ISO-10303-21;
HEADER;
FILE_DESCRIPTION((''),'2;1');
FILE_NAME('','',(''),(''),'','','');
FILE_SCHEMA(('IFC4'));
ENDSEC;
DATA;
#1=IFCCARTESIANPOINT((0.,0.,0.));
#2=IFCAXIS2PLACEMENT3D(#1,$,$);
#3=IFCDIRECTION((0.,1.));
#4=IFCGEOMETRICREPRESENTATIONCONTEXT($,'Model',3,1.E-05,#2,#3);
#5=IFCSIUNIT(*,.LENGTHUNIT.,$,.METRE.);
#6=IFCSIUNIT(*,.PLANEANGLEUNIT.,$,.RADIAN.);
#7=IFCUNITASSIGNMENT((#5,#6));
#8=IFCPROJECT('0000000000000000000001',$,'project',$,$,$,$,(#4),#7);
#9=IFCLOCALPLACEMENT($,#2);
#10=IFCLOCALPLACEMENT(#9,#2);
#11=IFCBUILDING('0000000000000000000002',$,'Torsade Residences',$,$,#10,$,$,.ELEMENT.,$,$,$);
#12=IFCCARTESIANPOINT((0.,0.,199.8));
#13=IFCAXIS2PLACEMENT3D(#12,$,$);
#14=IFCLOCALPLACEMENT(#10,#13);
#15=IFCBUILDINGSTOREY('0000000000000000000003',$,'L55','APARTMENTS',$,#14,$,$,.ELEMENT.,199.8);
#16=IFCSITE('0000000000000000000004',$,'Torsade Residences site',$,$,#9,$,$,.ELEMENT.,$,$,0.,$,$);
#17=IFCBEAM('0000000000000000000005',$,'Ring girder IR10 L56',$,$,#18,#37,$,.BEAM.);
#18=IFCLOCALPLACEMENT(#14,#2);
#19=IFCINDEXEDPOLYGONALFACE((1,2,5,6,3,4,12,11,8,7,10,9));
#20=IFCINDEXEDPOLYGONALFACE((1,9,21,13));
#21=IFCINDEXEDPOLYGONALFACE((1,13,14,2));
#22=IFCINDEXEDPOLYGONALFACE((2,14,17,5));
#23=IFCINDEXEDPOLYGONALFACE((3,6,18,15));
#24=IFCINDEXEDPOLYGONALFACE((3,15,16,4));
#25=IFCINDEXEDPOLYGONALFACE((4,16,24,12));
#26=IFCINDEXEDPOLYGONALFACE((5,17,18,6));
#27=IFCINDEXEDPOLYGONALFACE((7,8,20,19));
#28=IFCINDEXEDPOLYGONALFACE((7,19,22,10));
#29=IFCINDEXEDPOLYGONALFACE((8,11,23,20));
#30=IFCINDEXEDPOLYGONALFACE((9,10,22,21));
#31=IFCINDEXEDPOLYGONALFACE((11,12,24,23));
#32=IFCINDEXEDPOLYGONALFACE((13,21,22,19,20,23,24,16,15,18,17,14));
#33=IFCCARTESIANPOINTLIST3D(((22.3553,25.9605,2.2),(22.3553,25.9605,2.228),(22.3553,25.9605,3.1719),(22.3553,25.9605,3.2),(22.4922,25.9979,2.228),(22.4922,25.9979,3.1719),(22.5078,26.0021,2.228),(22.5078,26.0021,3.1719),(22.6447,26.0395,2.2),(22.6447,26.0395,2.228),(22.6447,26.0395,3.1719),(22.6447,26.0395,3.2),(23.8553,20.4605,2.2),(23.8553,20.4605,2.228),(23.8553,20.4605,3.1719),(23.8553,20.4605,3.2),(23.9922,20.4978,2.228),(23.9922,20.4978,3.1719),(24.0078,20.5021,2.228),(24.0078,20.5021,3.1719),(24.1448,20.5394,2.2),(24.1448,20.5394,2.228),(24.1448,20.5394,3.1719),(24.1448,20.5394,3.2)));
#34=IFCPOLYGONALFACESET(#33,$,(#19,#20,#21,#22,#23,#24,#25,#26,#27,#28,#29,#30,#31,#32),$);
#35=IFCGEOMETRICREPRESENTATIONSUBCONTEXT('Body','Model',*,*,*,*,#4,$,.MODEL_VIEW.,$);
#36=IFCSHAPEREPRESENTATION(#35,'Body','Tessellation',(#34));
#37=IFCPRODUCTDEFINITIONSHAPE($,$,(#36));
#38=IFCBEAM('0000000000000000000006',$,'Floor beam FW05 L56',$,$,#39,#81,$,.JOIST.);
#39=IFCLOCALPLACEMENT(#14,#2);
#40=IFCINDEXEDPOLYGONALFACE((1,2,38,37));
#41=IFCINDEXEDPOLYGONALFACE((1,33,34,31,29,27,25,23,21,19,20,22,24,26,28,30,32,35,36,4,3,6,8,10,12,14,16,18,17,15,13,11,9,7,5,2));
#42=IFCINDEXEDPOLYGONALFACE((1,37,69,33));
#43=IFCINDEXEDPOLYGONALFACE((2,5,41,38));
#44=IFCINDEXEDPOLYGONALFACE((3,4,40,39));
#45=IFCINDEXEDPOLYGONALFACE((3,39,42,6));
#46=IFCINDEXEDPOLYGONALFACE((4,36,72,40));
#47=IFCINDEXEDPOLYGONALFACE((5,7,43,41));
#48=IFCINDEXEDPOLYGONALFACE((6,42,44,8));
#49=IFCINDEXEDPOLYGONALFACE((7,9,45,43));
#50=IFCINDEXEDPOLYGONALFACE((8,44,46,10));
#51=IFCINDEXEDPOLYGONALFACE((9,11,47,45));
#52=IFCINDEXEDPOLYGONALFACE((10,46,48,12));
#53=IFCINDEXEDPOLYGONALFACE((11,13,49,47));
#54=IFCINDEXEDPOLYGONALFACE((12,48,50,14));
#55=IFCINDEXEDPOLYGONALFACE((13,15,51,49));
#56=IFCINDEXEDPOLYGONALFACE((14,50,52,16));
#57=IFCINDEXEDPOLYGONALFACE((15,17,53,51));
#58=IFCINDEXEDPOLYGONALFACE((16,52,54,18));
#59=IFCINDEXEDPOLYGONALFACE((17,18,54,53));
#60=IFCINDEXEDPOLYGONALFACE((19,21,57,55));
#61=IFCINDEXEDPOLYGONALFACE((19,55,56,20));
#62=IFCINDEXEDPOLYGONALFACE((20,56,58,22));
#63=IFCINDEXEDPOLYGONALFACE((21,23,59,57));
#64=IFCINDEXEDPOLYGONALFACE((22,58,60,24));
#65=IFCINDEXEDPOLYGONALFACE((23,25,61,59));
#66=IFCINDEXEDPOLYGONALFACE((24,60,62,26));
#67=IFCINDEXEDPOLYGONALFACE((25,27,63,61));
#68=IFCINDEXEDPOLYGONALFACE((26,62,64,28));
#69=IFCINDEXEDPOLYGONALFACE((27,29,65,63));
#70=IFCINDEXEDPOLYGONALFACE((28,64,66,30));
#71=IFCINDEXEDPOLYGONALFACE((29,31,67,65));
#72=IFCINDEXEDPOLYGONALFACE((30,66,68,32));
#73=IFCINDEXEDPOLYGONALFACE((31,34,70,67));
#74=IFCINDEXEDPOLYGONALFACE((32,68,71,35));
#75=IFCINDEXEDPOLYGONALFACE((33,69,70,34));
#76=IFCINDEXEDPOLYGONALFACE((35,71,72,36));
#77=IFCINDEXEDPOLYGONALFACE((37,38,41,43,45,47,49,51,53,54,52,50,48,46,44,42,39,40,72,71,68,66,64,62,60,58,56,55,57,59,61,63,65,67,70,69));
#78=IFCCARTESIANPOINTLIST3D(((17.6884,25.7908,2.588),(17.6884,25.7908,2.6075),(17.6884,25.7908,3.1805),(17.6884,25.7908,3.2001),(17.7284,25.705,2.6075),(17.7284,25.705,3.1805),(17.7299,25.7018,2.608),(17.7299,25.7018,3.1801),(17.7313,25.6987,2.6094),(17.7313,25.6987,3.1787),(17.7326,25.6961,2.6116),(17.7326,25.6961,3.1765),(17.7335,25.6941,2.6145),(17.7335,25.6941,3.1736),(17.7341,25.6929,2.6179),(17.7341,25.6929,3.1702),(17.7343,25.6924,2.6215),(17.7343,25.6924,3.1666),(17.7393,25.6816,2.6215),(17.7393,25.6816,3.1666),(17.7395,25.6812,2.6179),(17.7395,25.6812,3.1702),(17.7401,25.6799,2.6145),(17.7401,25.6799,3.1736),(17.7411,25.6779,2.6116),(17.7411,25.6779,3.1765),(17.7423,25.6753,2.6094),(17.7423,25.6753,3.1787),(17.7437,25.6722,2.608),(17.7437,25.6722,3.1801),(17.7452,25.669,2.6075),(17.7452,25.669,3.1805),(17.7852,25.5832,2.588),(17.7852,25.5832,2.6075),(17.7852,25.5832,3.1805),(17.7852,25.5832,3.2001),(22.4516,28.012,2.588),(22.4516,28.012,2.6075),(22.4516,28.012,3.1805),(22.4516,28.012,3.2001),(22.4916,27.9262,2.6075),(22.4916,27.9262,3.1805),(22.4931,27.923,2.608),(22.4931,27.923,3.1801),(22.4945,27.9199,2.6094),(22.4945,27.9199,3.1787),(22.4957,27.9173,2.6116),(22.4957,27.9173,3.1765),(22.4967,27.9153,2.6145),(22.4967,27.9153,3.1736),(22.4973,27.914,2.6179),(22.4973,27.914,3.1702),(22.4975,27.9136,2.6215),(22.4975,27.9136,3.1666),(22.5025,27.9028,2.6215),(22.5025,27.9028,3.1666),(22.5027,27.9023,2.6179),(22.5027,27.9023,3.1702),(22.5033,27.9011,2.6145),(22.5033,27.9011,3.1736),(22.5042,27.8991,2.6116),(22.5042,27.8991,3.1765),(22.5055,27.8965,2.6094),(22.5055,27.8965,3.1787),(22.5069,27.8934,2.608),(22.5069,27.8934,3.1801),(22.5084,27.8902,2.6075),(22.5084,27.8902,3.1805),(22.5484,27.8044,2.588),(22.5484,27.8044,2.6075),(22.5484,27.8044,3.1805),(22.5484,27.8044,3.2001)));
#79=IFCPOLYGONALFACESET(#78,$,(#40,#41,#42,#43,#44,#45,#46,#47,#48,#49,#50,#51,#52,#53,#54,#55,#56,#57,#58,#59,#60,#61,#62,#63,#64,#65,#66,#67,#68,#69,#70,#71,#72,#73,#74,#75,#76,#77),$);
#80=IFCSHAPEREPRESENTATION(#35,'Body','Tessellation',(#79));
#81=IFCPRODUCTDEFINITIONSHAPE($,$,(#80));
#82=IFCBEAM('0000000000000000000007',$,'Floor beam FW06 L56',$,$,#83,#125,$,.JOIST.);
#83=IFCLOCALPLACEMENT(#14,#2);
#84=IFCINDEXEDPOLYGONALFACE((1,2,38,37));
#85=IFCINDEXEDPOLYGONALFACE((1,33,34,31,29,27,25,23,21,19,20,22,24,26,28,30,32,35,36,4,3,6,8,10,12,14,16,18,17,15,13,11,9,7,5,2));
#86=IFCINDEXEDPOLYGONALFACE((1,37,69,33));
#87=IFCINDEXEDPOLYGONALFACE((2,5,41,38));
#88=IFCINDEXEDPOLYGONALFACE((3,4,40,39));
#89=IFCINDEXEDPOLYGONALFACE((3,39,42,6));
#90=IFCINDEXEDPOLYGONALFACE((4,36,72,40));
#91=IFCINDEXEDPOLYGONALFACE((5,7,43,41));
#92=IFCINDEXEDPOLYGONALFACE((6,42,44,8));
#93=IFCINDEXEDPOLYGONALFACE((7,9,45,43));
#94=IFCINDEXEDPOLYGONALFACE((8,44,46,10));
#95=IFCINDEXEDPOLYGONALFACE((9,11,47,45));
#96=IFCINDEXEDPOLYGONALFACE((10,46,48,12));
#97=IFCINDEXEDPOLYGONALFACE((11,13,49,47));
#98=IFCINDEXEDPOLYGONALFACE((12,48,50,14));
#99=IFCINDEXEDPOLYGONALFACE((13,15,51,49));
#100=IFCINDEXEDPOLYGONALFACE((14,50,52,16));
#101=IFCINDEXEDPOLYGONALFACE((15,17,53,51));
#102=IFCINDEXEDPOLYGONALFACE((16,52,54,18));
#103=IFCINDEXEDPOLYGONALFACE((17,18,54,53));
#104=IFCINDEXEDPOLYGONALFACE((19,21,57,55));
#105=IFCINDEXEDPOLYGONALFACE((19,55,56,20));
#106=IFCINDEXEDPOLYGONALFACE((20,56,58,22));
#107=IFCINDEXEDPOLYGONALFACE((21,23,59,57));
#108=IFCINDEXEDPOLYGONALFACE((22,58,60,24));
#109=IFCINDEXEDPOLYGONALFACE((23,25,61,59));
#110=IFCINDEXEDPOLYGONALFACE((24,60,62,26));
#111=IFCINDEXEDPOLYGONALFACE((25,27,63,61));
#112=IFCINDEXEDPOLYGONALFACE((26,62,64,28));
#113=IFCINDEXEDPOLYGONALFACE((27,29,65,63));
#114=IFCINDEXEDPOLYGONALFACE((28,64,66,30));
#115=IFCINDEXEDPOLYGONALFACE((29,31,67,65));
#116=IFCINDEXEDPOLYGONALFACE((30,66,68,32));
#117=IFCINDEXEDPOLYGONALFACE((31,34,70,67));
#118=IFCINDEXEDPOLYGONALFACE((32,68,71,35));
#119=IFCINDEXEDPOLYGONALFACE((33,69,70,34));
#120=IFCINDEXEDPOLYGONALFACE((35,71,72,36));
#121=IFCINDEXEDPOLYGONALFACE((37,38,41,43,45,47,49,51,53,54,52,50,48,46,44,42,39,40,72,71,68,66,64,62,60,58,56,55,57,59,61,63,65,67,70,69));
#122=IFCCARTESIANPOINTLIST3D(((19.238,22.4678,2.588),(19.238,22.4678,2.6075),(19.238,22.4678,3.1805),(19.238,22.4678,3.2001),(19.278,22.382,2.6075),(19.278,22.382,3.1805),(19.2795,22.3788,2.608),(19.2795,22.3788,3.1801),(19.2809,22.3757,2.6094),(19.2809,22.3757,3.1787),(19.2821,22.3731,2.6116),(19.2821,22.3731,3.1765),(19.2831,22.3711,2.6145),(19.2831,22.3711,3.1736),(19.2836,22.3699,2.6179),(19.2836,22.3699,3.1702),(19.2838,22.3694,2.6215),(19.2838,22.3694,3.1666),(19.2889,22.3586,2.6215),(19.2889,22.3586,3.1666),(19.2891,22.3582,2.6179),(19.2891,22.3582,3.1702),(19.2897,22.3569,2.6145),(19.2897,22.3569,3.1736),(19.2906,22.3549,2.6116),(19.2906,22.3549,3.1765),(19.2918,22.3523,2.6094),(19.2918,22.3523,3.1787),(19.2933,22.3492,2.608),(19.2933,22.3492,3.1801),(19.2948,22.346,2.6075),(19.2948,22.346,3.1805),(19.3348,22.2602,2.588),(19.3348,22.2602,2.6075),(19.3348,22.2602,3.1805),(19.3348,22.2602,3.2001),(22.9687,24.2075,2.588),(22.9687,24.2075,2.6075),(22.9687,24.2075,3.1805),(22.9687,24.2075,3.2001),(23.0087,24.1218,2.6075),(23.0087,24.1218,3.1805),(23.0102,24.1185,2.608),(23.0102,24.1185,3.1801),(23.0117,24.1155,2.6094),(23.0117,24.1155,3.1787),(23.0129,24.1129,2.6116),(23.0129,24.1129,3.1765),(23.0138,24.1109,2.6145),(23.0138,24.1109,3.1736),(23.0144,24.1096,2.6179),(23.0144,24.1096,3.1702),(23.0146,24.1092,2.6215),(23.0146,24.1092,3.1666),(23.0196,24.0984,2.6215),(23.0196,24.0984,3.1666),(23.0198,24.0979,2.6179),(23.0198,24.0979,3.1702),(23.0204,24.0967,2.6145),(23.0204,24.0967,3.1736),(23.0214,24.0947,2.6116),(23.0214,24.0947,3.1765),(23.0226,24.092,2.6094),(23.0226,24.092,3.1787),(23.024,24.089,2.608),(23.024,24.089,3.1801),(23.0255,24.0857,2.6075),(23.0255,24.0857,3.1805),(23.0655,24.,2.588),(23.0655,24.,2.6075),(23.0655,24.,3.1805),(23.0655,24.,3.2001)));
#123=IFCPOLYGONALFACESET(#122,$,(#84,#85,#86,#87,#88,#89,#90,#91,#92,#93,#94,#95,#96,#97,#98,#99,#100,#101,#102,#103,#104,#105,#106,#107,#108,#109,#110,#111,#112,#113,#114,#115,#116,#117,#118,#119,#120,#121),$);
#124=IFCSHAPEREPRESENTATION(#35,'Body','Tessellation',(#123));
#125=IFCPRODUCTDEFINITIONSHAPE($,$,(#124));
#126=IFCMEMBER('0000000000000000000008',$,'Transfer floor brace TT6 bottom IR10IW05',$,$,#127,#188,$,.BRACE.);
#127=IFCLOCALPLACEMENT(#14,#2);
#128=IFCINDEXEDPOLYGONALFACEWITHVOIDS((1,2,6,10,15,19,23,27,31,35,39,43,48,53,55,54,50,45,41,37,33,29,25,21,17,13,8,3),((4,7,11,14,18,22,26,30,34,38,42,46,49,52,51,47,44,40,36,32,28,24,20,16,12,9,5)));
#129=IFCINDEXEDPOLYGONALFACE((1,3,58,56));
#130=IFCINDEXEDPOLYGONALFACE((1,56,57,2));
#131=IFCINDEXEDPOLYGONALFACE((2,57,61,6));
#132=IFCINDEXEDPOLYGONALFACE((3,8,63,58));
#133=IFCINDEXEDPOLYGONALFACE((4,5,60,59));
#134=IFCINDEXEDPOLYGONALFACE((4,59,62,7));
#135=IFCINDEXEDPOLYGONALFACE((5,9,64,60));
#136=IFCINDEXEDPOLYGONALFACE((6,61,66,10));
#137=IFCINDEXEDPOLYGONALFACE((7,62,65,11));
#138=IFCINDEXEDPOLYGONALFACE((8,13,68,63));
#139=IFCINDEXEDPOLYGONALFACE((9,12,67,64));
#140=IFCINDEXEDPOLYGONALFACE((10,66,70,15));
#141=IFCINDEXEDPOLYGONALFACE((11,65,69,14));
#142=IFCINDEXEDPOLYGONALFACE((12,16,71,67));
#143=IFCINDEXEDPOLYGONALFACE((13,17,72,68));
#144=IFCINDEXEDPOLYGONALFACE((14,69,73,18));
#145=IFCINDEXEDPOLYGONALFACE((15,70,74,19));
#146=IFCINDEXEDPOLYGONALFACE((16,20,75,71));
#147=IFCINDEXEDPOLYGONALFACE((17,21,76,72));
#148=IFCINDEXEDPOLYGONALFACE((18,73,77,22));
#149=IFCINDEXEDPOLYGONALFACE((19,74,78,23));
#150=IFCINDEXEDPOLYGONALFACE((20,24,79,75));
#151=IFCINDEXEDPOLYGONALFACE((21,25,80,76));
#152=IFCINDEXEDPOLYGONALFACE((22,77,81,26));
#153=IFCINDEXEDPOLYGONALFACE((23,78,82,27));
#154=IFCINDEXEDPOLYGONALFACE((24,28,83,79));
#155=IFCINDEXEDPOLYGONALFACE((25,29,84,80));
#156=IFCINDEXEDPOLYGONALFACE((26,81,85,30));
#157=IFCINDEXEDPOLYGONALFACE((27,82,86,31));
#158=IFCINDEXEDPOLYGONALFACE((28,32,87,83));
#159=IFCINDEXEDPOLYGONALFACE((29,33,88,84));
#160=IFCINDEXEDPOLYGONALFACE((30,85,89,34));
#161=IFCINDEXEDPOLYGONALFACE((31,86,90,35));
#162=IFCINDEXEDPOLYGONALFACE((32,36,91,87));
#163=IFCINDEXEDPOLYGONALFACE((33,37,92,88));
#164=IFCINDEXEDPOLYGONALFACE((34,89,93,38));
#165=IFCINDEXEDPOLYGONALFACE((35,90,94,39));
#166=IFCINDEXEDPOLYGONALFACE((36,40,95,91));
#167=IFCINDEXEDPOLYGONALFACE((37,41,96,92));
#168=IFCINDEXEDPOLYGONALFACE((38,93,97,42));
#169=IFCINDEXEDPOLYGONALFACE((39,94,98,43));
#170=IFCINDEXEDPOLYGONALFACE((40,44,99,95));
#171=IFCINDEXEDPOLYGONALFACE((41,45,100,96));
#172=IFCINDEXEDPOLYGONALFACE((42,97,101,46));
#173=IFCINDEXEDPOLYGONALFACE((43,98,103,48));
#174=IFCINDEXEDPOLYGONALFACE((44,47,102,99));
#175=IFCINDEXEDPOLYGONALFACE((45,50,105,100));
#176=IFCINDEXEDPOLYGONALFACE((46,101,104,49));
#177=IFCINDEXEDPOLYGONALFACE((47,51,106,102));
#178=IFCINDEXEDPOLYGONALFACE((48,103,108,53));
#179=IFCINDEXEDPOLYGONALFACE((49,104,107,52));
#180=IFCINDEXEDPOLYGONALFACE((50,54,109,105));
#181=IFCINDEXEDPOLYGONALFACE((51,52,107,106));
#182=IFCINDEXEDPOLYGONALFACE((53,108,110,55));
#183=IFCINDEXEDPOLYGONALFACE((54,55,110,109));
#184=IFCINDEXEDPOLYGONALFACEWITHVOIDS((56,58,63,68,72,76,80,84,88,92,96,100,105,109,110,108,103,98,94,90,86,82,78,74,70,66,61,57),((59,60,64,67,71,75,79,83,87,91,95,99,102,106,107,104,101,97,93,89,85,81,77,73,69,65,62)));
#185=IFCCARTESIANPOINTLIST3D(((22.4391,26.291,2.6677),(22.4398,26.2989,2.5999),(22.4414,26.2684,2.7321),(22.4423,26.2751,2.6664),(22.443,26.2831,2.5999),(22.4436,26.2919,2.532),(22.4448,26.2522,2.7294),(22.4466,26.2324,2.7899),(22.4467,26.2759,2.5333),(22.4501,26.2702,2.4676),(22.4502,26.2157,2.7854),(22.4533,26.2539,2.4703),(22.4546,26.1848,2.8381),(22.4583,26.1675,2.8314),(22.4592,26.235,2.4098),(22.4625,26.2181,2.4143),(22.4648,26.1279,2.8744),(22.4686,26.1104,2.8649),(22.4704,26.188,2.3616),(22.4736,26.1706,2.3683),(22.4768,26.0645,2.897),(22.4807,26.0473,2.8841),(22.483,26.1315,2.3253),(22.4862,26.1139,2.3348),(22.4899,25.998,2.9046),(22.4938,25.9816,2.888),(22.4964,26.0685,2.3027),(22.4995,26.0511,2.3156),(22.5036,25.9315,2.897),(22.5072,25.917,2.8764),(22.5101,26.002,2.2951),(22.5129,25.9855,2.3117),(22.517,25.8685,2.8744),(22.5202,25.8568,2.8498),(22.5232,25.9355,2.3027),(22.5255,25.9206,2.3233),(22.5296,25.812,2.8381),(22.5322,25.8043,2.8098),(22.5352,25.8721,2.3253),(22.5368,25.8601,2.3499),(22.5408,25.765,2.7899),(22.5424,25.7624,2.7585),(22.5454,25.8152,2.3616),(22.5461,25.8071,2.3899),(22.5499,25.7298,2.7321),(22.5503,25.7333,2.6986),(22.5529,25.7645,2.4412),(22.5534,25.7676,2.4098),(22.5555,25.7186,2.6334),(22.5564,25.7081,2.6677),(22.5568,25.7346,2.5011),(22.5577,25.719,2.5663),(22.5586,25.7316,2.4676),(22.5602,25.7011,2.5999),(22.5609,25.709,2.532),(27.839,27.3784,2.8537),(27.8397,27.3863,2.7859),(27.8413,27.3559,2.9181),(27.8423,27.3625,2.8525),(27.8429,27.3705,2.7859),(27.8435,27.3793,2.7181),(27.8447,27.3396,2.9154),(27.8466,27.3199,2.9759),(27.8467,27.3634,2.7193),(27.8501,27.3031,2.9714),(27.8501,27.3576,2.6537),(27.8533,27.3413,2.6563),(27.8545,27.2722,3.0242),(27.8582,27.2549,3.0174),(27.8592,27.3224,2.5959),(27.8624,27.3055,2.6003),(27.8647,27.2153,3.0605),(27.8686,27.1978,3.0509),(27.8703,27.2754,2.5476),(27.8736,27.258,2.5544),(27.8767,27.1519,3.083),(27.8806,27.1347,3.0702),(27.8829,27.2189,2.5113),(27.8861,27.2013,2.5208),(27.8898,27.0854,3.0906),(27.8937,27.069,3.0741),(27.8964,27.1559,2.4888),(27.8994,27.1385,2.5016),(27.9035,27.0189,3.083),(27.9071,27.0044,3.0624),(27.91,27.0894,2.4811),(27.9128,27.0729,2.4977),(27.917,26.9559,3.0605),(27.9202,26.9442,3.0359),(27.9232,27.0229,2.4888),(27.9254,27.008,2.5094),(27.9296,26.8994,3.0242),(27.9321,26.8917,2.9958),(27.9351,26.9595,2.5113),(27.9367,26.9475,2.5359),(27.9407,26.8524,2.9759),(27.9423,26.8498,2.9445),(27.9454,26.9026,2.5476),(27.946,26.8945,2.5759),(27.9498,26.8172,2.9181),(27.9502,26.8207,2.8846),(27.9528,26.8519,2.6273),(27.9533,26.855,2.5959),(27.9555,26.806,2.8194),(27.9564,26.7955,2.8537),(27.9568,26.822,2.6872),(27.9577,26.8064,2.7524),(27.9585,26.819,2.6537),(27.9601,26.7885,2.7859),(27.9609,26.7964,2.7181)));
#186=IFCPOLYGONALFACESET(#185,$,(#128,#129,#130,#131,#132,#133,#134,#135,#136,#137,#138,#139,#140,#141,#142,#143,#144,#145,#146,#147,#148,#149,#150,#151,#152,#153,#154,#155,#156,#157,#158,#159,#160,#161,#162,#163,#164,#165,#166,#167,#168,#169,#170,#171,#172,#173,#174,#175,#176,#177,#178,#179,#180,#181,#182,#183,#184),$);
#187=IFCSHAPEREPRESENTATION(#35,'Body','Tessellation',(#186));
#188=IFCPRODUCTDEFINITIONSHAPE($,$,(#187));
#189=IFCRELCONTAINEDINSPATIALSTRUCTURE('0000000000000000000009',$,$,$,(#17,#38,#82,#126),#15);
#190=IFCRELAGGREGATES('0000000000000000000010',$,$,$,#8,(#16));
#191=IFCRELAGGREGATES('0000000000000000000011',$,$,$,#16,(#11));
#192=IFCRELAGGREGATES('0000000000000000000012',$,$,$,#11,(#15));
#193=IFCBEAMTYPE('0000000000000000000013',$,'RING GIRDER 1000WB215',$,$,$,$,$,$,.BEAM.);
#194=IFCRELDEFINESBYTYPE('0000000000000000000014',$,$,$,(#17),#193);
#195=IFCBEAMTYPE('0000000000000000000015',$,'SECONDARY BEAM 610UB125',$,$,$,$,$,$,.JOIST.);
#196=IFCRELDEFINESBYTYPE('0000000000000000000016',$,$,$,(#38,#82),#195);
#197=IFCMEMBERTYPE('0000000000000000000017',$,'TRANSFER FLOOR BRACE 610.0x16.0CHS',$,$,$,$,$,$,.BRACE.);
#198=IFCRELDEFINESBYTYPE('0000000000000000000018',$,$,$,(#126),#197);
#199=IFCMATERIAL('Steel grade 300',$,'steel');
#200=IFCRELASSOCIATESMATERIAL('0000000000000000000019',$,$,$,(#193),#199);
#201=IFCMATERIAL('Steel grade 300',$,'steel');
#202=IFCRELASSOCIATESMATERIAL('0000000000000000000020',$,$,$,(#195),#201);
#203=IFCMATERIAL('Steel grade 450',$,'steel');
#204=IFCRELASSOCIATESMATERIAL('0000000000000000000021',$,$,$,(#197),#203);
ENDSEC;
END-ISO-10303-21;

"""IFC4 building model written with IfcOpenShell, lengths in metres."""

from ifc_helpers import new_model, si_unit, direction, frame, origin, origin_2d, place, context, subcontext, project, spatial, hollow_circle, i_section, extrude, material, material_profile, profile_set, type_object, element, save


model = new_model("IFC4")

# Units and contexts
model_context = context("Model", 3, precision=1e-05, world=origin(), true_north=direction((0.0, 1.0)))
body_context = subcontext(model_context, "Body", "Model", "MODEL_VIEW")
ifc_project = project(units=[si_unit("LENGTHUNIT", "METRE"), si_unit("PLANEANGLEUNIT", "RADIAN")], contexts=[model_context])

# Site, building, storey
site_placement = place(None, origin())
site = spatial("IfcSite", under=ifc_project, at=site_placement, Name="Torsade Residences site", CompositionType="ELEMENT", RefElevation=0.0)
building_placement = place(site_placement, origin())
building = spatial("IfcBuilding", under=site, at=building_placement, Name="Torsade Residences", CompositionType="ELEMENT")
storey_placement = place(building_placement, frame((0.0, 0.0, 199.8)))
storey = spatial("IfcBuildingStorey", under=building, at=storey_placement, Name="L55", Description="APARTMENTS", CompositionType="ELEMENT", Elevation=199.8)

# Beams
ifc_material_1 = material(Name="Steel grade 300", Category="steel")
ifc_material_profile_1 = material_profile(ifc_material_1, i_section(OverallWidth=0.3, OverallDepth=1.0, WebThickness=0.0161, FlangeThickness=0.0281, at=origin_2d()), Name="1000WB215")
ifc_profile_set_1 = profile_set([ifc_material_profile_1], Name="Steel grade 300")
beam_type_1 = type_object("IfcBeamType", Name="RING GIRDER 1000WB215", PredefinedType="BEAM", material=ifc_profile_set_1)
beam_1_placement = place(storey_placement, frame((22.5, 26.0, 2.7), z_axis=(0.263117, -0.964764, 0.0), x_axis=(0.964764, 0.263117, 0.0)))
element("IfcBeam", 1, at=beam_1_placement, inside=storey, type_object=beam_type_1, Name="Ring girder IR10 L56", PredefinedType="BEAM", context=body_context, shape_type="SweptSolid", body=[
    extrude(i_section(OverallWidth=0.3, OverallDepth=1.0, WebThickness=0.0161, FlangeThickness=0.0281, at=origin_2d()), origin(), (0.0, 0.0, 1.0), 5.7009),
])
ifc_material_2 = material(Name="Steel grade 300", Category="steel")
ifc_material_profile_2 = material_profile(ifc_material_2, i_section(OverallWidth=0.229, OverallDepth=0.6121, WebThickness=0.012, FlangeThickness=0.0195, FilletRadius=0.0139, at=origin_2d()), Name="610UB125")
ifc_profile_set_2 = profile_set([ifc_material_profile_2], Name="Steel grade 300")
beam_type_2 = type_object("IfcBeamType", Name="SECONDARY BEAM 610UB125", PredefinedType="JOIST", material=ifc_profile_set_2)
beam_2_placement = place(storey_placement, frame((17.7368, 25.687, 2.894), z_axis=(0.906302, 0.422631, 0.0), x_axis=(-0.422631, 0.906302, 0.0)))
element("IfcBeam", 2, at=beam_2_placement, inside=storey, type_object=beam_type_2, Name="Floor beam FW05 L56", PredefinedType="JOIST", context=body_context, shape_type="SweptSolid", body=[
    extrude(i_section(OverallWidth=0.229, OverallDepth=0.6121, WebThickness=0.012, FlangeThickness=0.0195, FilletRadius=0.0139, at=origin_2d()), origin(), (0.0, 0.0, 1.0), 5.2556),
])
beam_3_placement = place(storey_placement, frame((19.2864, 22.364, 2.894), z_axis=(0.9063, 0.422635, 0.0), x_axis=(-0.422635, 0.9063, 0.0)))
element("IfcBeam", 3, at=beam_3_placement, inside=storey, type_object=beam_type_2, Name="Floor beam FW06 L56", PredefinedType="JOIST", context=body_context, shape_type="SweptSolid", body=[
    extrude(i_section(OverallWidth=0.229, OverallDepth=0.6121, WebThickness=0.012, FlangeThickness=0.0195, FilletRadius=0.0139, at=origin_2d()), origin(), (0.0, 0.0, 1.0), 4.1165),
])

# Member
ifc_material_3 = material(Name="Steel grade 450", Category="steel")
ifc_material_profile_3 = material_profile(ifc_material_3, hollow_circle(Radius=0.3049, WallThickness=0.0161, at=origin_2d()), Name="610.0x16.0CHS")
ifc_profile_set_3 = profile_set([ifc_material_profile_3], Name="Steel grade 450")
member_type_1 = type_object("IfcMemberType", Name="TRANSFER FLOOR BRACE 610.0x16.0CHS", PredefinedType="BRACE", material=ifc_profile_set_3)
member_1_placement = place(storey_placement, frame((22.5, 26.0, 2.5999), z_axis=(0.979762, 0.197299, 0.033754), x_axis=(-0.197412, 0.980321, 0.0)))
element("IfcMember", 4, at=member_1_placement, inside=storey, type_object=member_type_1, Name="Transfer floor brace TT6 bottom IR10IW05", PredefinedType="BRACE", context=body_context, shape_type="SweptSolid", body=[
    extrude(hollow_circle(Radius=0.3049, WallThickness=0.0161, at=origin_2d()), origin(), (0.0, 0.0, 1.0), 5.5115),
])

save(model, "model.ifc")
